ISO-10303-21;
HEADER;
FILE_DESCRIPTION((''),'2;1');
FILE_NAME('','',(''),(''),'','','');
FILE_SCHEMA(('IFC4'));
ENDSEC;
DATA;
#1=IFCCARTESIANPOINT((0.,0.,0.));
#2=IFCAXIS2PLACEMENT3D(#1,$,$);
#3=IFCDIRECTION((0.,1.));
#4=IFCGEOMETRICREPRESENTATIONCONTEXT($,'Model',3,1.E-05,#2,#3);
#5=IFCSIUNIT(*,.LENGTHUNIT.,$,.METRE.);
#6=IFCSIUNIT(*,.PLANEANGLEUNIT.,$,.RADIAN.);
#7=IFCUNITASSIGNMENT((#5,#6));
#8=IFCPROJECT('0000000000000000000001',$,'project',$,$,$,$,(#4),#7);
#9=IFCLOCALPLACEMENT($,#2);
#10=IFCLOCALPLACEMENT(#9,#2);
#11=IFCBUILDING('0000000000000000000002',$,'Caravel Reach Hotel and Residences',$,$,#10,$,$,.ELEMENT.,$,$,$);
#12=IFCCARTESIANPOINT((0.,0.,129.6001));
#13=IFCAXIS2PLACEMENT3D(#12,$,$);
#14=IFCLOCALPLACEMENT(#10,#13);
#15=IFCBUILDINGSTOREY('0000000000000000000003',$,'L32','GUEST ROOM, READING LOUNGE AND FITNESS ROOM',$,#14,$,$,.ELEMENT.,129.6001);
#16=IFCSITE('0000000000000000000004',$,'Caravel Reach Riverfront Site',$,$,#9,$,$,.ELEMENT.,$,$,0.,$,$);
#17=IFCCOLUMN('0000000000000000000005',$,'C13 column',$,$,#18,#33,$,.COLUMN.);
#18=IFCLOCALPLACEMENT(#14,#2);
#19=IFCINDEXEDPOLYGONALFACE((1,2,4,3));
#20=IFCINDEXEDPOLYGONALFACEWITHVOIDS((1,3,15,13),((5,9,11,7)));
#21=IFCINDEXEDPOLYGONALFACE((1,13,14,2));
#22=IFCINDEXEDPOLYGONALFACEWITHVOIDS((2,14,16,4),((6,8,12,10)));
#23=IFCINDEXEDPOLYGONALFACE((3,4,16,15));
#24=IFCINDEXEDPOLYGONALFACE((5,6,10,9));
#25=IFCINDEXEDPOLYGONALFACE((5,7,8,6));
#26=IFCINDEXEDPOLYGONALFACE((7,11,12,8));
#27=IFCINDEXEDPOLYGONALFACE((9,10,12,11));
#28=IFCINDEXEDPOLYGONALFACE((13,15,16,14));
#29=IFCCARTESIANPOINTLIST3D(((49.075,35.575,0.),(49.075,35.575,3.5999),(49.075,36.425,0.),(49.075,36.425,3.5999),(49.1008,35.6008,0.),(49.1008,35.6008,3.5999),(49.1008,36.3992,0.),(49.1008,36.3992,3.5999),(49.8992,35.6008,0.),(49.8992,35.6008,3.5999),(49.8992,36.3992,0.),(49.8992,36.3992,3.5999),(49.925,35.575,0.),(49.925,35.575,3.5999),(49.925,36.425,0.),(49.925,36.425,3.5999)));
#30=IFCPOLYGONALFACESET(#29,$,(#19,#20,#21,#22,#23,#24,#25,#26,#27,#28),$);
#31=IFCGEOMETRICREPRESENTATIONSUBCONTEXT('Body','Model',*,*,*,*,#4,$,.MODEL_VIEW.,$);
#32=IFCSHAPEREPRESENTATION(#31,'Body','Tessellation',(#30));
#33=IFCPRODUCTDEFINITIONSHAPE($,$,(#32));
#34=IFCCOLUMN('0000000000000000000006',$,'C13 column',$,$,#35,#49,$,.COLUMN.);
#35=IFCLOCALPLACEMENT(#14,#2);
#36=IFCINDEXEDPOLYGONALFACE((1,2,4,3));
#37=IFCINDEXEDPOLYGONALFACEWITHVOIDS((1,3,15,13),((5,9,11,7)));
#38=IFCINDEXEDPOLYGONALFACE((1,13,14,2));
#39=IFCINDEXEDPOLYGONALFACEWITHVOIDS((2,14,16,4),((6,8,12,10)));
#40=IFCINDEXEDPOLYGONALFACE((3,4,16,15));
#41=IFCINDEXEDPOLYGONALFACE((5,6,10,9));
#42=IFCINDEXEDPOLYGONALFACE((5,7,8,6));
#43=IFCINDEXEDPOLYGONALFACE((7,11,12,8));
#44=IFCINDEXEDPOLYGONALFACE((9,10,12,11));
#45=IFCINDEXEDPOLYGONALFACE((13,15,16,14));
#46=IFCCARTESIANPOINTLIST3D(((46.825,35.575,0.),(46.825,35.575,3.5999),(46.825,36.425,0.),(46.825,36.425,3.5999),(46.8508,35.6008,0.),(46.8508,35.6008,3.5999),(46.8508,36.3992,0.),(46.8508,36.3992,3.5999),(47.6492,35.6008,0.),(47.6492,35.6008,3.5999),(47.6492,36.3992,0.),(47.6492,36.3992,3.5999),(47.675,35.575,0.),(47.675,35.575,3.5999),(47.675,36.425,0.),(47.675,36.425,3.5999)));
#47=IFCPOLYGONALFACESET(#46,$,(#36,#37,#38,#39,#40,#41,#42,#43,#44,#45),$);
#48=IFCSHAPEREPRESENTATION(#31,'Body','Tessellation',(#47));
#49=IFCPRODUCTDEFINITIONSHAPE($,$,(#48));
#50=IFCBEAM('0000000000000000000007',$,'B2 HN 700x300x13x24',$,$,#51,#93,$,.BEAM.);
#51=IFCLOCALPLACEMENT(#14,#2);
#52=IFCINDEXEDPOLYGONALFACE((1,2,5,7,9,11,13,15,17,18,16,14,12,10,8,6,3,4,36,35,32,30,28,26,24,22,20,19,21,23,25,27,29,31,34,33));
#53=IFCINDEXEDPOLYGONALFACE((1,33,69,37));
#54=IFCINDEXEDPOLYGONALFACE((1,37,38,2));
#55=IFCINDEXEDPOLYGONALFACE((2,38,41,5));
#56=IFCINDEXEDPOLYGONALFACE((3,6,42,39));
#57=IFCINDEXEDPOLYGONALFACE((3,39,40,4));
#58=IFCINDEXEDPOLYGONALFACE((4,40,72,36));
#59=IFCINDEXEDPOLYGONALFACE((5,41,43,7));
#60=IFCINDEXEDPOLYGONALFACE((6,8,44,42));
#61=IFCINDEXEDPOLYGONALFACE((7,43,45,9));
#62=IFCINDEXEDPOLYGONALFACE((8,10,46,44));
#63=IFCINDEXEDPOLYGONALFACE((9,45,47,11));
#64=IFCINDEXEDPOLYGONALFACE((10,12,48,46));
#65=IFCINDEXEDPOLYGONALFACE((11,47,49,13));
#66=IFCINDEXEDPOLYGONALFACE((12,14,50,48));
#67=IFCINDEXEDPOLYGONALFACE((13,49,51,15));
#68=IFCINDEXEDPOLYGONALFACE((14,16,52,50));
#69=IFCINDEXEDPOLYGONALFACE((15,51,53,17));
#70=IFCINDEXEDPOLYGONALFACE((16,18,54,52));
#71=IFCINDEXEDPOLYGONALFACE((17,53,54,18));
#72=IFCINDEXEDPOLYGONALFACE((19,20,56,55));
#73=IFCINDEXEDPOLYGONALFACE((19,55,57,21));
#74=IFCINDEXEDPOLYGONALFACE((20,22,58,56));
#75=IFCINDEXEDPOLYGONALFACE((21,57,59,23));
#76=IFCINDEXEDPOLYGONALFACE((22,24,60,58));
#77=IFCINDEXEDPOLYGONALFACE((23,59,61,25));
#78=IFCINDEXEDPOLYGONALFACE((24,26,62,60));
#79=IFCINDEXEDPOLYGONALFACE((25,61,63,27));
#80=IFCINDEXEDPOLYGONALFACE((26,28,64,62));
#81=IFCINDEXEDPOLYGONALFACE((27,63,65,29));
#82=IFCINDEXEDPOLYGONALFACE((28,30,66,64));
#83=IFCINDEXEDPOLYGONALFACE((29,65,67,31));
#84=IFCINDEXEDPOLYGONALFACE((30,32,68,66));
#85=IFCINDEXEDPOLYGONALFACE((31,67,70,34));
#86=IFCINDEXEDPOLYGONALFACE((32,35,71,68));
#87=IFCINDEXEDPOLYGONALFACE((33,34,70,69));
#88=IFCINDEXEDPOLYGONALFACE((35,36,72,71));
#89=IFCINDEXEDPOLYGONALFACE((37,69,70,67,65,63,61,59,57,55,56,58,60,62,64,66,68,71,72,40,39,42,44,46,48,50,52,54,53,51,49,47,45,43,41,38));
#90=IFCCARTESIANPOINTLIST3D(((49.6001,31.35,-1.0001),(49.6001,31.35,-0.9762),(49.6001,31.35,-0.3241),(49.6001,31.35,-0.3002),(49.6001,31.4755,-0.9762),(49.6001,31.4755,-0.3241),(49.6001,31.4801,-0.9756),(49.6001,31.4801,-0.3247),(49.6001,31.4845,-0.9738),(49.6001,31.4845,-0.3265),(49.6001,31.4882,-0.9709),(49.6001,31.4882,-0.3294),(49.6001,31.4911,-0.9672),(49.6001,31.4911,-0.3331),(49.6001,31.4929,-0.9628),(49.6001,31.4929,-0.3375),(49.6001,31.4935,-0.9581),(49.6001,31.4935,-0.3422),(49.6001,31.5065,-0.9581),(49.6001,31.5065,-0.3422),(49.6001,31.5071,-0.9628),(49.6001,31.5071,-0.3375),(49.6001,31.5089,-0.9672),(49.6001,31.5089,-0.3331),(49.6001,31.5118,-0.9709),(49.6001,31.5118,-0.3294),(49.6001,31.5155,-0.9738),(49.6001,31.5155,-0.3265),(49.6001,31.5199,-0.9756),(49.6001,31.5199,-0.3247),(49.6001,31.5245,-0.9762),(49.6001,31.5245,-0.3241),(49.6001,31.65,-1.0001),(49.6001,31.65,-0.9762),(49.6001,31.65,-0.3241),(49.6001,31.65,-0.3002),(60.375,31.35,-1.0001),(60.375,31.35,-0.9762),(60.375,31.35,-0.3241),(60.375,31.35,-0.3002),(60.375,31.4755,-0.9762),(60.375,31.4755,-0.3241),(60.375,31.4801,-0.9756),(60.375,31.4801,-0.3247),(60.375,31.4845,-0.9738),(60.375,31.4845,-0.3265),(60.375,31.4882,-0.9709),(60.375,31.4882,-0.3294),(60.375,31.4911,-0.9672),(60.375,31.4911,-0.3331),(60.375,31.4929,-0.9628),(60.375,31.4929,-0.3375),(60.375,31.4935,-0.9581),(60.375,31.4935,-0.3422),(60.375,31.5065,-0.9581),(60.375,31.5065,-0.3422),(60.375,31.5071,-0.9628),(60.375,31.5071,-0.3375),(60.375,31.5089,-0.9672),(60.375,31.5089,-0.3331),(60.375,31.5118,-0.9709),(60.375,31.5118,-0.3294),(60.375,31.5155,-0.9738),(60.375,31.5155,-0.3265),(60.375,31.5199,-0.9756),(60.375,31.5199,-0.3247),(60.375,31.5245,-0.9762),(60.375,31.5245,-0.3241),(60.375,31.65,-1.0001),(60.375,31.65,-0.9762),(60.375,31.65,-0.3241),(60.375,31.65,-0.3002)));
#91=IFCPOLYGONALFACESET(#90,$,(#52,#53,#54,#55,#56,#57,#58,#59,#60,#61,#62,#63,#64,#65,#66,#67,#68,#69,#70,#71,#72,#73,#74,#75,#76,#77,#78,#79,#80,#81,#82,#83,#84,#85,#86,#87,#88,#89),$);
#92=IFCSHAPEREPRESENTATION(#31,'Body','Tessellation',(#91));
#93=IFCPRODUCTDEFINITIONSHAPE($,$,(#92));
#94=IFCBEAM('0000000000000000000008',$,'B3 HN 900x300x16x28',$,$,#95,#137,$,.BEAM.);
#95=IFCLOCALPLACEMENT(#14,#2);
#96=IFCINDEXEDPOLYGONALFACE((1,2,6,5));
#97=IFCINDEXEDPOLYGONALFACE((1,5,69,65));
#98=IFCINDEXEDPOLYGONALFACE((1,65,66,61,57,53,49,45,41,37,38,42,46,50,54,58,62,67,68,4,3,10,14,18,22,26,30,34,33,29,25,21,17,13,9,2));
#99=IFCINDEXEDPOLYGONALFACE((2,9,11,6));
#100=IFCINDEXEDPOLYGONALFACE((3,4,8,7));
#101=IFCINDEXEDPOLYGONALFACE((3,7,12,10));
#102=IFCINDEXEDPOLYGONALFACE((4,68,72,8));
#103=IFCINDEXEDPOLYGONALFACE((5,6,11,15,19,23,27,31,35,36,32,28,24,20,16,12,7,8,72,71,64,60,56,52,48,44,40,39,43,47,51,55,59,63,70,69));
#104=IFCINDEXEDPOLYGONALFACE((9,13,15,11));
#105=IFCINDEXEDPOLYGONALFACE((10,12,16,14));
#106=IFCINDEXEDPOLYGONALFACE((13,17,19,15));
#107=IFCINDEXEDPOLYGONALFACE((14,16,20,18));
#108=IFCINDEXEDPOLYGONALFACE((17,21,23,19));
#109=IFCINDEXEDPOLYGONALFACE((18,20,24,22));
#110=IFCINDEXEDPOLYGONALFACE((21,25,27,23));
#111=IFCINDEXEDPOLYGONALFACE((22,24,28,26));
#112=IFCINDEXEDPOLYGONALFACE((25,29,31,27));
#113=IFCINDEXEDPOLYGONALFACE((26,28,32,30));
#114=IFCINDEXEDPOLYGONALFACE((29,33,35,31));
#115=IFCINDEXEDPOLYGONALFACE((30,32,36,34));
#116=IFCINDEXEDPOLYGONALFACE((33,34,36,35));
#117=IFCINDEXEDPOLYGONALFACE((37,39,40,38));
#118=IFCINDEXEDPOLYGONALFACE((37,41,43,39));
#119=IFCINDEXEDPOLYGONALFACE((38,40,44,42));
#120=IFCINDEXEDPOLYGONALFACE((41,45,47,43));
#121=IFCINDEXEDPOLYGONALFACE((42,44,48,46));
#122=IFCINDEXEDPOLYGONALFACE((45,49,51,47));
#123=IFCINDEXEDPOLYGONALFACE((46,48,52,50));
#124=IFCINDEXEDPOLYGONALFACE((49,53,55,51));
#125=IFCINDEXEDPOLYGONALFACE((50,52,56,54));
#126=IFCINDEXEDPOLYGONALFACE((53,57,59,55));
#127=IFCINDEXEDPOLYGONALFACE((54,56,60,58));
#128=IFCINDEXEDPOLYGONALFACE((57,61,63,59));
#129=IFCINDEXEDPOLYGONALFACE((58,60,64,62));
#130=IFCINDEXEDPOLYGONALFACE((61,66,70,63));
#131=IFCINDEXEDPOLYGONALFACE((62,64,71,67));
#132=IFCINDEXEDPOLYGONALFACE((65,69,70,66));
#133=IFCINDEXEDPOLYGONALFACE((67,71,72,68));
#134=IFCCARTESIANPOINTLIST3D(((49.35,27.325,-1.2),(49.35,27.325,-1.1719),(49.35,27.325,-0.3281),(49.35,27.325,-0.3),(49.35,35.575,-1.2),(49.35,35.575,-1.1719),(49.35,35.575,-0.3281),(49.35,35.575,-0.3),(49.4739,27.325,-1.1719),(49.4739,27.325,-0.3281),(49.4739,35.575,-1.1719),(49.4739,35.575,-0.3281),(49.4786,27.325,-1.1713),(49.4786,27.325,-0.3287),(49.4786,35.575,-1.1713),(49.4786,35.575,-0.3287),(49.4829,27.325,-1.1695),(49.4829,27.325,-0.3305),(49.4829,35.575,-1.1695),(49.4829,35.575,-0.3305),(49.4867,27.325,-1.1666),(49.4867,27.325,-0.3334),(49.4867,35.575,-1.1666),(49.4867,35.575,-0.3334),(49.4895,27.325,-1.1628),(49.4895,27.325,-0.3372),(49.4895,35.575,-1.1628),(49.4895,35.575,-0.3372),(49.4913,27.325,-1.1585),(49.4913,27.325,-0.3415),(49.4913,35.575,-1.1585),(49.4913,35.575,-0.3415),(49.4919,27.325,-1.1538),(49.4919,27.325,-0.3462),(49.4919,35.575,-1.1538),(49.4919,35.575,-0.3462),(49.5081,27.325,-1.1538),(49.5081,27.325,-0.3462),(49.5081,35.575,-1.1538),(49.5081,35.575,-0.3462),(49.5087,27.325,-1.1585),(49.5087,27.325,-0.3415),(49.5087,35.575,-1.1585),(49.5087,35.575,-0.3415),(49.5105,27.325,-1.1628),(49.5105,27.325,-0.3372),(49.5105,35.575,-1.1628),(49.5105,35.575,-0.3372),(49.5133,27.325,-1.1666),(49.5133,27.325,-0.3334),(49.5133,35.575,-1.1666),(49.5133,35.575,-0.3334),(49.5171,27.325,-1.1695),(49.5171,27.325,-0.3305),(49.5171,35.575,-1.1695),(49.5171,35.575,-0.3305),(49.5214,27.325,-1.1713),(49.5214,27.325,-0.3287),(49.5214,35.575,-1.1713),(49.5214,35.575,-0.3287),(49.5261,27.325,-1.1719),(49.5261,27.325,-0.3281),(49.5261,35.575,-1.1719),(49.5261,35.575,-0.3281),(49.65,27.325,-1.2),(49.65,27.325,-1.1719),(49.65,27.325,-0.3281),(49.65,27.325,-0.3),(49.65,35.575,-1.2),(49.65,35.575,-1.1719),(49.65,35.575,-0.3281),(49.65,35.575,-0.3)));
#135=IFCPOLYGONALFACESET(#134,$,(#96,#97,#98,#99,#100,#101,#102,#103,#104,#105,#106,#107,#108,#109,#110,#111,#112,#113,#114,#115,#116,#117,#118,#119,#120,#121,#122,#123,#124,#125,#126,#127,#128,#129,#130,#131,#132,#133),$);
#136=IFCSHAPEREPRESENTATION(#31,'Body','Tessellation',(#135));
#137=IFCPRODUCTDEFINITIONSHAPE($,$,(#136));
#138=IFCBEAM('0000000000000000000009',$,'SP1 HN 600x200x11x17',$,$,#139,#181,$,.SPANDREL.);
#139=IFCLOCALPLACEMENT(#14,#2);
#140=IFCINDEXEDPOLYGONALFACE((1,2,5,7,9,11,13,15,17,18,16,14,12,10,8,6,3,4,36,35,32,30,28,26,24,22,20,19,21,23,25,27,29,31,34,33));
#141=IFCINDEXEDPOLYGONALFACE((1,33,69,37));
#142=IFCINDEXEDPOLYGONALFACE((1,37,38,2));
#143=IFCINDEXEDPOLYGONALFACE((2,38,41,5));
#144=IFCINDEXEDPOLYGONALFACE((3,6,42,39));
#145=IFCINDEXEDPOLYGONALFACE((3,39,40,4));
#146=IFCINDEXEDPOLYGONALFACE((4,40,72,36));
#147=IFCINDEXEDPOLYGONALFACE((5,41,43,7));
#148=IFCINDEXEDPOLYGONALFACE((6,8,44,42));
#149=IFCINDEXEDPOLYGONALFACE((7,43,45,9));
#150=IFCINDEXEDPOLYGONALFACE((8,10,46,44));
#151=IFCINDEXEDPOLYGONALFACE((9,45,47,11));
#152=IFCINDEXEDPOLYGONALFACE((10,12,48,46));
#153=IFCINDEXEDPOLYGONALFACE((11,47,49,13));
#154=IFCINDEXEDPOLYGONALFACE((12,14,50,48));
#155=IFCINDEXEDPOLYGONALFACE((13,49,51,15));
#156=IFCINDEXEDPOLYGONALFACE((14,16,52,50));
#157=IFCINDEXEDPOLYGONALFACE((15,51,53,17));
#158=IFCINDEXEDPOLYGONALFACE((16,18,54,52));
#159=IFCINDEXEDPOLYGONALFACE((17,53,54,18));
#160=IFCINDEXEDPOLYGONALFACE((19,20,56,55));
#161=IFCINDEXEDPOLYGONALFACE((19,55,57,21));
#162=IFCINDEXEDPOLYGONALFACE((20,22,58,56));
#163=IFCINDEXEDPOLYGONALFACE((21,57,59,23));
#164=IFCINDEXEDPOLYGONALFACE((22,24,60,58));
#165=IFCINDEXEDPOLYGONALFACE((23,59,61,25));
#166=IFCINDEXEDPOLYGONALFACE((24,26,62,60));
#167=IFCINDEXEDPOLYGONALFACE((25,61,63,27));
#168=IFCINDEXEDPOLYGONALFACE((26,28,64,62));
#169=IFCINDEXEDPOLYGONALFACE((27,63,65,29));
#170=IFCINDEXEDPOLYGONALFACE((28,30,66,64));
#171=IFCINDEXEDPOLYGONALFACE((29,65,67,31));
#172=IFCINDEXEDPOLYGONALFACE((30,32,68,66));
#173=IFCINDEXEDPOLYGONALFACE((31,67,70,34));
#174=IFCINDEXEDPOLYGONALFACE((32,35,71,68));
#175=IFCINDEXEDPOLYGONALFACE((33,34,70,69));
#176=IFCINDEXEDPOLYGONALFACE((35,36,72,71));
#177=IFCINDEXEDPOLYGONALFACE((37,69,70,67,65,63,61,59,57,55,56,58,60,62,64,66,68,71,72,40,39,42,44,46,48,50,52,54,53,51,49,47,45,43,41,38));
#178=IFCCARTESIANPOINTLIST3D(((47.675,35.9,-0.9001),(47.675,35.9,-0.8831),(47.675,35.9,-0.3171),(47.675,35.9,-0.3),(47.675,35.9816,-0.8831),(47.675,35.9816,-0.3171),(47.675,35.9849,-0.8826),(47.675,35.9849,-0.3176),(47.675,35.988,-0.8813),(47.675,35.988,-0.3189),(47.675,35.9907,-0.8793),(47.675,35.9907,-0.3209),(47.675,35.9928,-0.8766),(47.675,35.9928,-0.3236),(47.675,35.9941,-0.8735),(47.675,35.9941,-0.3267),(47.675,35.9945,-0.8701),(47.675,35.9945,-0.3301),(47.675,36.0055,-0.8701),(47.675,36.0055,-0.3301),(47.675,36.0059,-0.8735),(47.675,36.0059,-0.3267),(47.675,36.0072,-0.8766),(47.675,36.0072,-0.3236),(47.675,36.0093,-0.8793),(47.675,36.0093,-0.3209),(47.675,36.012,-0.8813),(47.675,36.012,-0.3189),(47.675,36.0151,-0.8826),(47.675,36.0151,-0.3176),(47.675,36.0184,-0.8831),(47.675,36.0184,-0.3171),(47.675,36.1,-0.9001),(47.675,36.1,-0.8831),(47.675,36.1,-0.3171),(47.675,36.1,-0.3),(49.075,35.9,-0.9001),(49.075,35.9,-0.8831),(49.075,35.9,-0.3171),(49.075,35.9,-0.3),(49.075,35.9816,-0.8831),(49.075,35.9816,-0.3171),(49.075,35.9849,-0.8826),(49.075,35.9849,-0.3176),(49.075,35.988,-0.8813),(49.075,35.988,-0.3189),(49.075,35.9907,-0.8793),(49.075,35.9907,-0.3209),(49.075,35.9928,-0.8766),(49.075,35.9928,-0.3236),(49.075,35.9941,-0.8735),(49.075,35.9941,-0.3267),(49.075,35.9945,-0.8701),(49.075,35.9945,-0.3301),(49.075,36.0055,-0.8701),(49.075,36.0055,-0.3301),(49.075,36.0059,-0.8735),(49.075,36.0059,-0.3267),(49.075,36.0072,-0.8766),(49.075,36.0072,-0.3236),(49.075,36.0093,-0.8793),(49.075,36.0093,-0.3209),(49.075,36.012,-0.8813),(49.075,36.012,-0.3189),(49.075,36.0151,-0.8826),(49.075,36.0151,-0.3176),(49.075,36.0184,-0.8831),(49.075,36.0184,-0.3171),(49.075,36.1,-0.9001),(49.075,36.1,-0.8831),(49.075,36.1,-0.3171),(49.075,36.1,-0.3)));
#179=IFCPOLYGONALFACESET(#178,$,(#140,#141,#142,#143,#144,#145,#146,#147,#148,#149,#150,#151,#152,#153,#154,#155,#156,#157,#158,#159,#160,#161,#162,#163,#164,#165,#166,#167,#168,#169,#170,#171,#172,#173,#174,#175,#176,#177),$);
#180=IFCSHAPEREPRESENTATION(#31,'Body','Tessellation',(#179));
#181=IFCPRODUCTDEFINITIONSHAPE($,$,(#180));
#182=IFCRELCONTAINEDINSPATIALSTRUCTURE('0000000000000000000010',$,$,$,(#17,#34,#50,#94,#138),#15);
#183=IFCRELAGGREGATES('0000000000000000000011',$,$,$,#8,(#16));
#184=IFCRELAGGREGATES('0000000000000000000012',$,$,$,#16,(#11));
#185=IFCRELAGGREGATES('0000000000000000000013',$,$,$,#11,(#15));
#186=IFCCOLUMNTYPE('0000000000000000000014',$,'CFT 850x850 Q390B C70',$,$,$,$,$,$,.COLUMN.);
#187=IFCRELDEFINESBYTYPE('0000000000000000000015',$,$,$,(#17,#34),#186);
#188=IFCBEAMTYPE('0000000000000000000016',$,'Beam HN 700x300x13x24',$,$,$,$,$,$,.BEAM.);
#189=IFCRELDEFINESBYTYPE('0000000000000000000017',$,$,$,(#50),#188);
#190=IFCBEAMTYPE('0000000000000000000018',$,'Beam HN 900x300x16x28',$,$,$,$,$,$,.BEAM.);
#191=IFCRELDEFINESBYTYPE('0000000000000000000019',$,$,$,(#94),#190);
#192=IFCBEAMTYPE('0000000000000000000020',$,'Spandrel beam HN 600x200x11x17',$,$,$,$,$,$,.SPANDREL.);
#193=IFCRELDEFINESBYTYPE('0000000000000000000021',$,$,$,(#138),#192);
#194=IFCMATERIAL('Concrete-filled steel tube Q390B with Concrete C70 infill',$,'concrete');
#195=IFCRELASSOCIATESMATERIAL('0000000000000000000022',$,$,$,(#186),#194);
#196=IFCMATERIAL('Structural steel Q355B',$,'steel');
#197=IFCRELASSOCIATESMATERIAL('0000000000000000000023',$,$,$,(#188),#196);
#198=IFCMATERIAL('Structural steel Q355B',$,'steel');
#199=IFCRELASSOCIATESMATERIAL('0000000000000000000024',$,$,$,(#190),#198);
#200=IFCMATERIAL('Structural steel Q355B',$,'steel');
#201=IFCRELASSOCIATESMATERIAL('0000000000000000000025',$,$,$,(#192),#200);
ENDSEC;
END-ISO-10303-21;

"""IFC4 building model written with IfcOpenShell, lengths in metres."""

from ifc_helpers import new_model, si_unit, direction, frame, origin, origin_2d, place, context, subcontext, project, spatial, hollow_rectangle, i_section, extrude, material, material_profile, profile_set, type_object, element, save


model = new_model("IFC4")

# Units and contexts
model_context = context("Model", 3, precision=1e-05, world=origin(), true_north=direction((0.0, 1.0)))
body_context = subcontext(model_context, "Body", "Model", "MODEL_VIEW")
ifc_project = project(units=[si_unit("LENGTHUNIT", "METRE"), si_unit("PLANEANGLEUNIT", "RADIAN")], contexts=[model_context])

# Site, building, storey
site_placement = place(None, origin())
site = spatial("IfcSite", under=ifc_project, at=site_placement, Name="Caravel Reach Riverfront Site", CompositionType="ELEMENT", RefElevation=0.0)
building_placement = place(site_placement, origin())
building = spatial("IfcBuilding", under=site, at=building_placement, Name="Caravel Reach Hotel and Residences", CompositionType="ELEMENT")
storey_placement = place(building_placement, frame((0.0, 0.0, 129.6001)))
storey = spatial("IfcBuildingStorey", under=building, at=storey_placement, Name="L32", Description="GUEST ROOM, READING LOUNGE AND FITNESS ROOM", CompositionType="ELEMENT", Elevation=129.6001)

# Columns
ifc_material_1 = material(Name="Concrete-filled steel tube Q390B with Concrete C70 infill", Category="concrete")
ifc_material_profile_1 = material_profile(ifc_material_1, hollow_rectangle(XDim=0.8501, YDim=0.8501, WallThickness=0.0259, at=origin_2d()), Name="RHS 850x850x26")
ifc_profile_set_1 = profile_set([ifc_material_profile_1], Name="Concrete-filled steel tube Q390B with Concrete C70 infill")
column_type = type_object("IfcColumnType", Name="CFT 850x850 Q390B C70", PredefinedType="COLUMN", material=ifc_profile_set_1)
for number, where, z_axis, x_axis, name in (
    (1, (49.5, 36.0, 0.0), (0.0, 0.0, 1.0), (1.0, 0.0, 0.0), "C13 column"),
    (2, (47.25, 36.0, 0.0), (0.0, 0.0, 1.0), (1.0, 0.0, 0.0), "C13 column"),
):
    element("IfcColumn", number, at=place(storey_placement, frame(where, z_axis=z_axis, x_axis=x_axis)), inside=storey, type_object=column_type, Name=name, PredefinedType="COLUMN", context=body_context, shape_type="SweptSolid", body=[
        extrude(hollow_rectangle(XDim=0.8501, YDim=0.8501, WallThickness=0.0259, at=origin_2d()), origin(), (0.0, 0.0, 1.0), 3.5999),
    ])

# Beams
ifc_material_2 = material(Name="Structural steel Q355B", Category="steel")
ifc_material_profile_2 = material_profile(ifc_material_2, i_section(OverallWidth=0.3, OverallDepth=0.7, WebThickness=0.0129, FlangeThickness=0.0239, FilletRadius=0.0181, at=origin_2d()), Name="HN 700x300x13x24")
ifc_profile_set_2 = profile_set([ifc_material_profile_2], Name="Structural steel Q355B")
beam_type_1 = type_object("IfcBeamType", Name="Beam HN 700x300x13x24", PredefinedType="BEAM", material=ifc_profile_set_2)
beam_1_placement = place(storey_placement, frame((49.6001, 31.5, -0.6501), z_axis=(1.0, 0.0, 0.0), x_axis=(0.0, 1.0, 0.0)))
element("IfcBeam", 3, at=beam_1_placement, inside=storey, type_object=beam_type_1, Name="B2 HN 700x300x13x24", PredefinedType="BEAM", context=body_context, shape_type="SweptSolid", body=[
    extrude(i_section(OverallWidth=0.3, OverallDepth=0.7, WebThickness=0.0129, FlangeThickness=0.0239, FilletRadius=0.0181, at=origin_2d()), origin(), (0.0, 0.0, 1.0), 10.7749),
])
ifc_material_3 = material(Name="Structural steel Q355B", Category="steel")
ifc_material_profile_3 = material_profile(ifc_material_3, i_section(OverallWidth=0.3, OverallDepth=0.8999, WebThickness=0.0161, FlangeThickness=0.0281, FilletRadius=0.0181, at=origin_2d()), Name="HN 900x300x16x28")
ifc_profile_set_3 = profile_set([ifc_material_profile_3], Name="Structural steel Q355B")
beam_type_2 = type_object("IfcBeamType", Name="Beam HN 900x300x16x28", PredefinedType="BEAM", material=ifc_profile_set_3)
beam_2_placement = place(storey_placement, frame((49.5, 27.325, -0.75), z_axis=(0.0, 1.0, 0.0), x_axis=(-1.0, 0.0, 0.0)))
element("IfcBeam", 4, at=beam_2_placement, inside=storey, type_object=beam_type_2, Name="B3 HN 900x300x16x28", PredefinedType="BEAM", context=body_context, shape_type="SweptSolid", body=[
    extrude(i_section(OverallWidth=0.3, OverallDepth=0.8999, WebThickness=0.0161, FlangeThickness=0.0281, FilletRadius=0.0181, at=origin_2d()), origin(), (0.0, 0.0, 1.0), 8.25),
])
ifc_material_4 = material(Name="Structural steel Q355B", Category="steel")
ifc_material_profile_4 = material_profile(ifc_material_4, i_section(OverallWidth=0.2, OverallDepth=0.6001, WebThickness=0.011, FlangeThickness=0.0171, FilletRadius=0.0129, at=origin_2d()), Name="HN 600x200x11x17")
ifc_profile_set_4 = profile_set([ifc_material_profile_4], Name="Structural steel Q355B")
beam_type_3 = type_object("IfcBeamType", Name="Spandrel beam HN 600x200x11x17", PredefinedType="SPANDREL", material=ifc_profile_set_4)
beam_3_placement = place(storey_placement, frame((49.075, 36.0, -0.6001), z_axis=(-1.0, 0.0, 0.0), x_axis=(0.0, -1.0, 0.0)))
element("IfcBeam", 5, at=beam_3_placement, inside=storey, type_object=beam_type_3, Name="SP1 HN 600x200x11x17", PredefinedType="SPANDREL", context=body_context, shape_type="SweptSolid", body=[
    extrude(i_section(OverallWidth=0.2, OverallDepth=0.6001, WebThickness=0.011, FlangeThickness=0.0171, FilletRadius=0.0129, at=origin_2d()), origin(), (0.0, 0.0, 1.0), 1.3999),
])

save(model, "model.ifc")
